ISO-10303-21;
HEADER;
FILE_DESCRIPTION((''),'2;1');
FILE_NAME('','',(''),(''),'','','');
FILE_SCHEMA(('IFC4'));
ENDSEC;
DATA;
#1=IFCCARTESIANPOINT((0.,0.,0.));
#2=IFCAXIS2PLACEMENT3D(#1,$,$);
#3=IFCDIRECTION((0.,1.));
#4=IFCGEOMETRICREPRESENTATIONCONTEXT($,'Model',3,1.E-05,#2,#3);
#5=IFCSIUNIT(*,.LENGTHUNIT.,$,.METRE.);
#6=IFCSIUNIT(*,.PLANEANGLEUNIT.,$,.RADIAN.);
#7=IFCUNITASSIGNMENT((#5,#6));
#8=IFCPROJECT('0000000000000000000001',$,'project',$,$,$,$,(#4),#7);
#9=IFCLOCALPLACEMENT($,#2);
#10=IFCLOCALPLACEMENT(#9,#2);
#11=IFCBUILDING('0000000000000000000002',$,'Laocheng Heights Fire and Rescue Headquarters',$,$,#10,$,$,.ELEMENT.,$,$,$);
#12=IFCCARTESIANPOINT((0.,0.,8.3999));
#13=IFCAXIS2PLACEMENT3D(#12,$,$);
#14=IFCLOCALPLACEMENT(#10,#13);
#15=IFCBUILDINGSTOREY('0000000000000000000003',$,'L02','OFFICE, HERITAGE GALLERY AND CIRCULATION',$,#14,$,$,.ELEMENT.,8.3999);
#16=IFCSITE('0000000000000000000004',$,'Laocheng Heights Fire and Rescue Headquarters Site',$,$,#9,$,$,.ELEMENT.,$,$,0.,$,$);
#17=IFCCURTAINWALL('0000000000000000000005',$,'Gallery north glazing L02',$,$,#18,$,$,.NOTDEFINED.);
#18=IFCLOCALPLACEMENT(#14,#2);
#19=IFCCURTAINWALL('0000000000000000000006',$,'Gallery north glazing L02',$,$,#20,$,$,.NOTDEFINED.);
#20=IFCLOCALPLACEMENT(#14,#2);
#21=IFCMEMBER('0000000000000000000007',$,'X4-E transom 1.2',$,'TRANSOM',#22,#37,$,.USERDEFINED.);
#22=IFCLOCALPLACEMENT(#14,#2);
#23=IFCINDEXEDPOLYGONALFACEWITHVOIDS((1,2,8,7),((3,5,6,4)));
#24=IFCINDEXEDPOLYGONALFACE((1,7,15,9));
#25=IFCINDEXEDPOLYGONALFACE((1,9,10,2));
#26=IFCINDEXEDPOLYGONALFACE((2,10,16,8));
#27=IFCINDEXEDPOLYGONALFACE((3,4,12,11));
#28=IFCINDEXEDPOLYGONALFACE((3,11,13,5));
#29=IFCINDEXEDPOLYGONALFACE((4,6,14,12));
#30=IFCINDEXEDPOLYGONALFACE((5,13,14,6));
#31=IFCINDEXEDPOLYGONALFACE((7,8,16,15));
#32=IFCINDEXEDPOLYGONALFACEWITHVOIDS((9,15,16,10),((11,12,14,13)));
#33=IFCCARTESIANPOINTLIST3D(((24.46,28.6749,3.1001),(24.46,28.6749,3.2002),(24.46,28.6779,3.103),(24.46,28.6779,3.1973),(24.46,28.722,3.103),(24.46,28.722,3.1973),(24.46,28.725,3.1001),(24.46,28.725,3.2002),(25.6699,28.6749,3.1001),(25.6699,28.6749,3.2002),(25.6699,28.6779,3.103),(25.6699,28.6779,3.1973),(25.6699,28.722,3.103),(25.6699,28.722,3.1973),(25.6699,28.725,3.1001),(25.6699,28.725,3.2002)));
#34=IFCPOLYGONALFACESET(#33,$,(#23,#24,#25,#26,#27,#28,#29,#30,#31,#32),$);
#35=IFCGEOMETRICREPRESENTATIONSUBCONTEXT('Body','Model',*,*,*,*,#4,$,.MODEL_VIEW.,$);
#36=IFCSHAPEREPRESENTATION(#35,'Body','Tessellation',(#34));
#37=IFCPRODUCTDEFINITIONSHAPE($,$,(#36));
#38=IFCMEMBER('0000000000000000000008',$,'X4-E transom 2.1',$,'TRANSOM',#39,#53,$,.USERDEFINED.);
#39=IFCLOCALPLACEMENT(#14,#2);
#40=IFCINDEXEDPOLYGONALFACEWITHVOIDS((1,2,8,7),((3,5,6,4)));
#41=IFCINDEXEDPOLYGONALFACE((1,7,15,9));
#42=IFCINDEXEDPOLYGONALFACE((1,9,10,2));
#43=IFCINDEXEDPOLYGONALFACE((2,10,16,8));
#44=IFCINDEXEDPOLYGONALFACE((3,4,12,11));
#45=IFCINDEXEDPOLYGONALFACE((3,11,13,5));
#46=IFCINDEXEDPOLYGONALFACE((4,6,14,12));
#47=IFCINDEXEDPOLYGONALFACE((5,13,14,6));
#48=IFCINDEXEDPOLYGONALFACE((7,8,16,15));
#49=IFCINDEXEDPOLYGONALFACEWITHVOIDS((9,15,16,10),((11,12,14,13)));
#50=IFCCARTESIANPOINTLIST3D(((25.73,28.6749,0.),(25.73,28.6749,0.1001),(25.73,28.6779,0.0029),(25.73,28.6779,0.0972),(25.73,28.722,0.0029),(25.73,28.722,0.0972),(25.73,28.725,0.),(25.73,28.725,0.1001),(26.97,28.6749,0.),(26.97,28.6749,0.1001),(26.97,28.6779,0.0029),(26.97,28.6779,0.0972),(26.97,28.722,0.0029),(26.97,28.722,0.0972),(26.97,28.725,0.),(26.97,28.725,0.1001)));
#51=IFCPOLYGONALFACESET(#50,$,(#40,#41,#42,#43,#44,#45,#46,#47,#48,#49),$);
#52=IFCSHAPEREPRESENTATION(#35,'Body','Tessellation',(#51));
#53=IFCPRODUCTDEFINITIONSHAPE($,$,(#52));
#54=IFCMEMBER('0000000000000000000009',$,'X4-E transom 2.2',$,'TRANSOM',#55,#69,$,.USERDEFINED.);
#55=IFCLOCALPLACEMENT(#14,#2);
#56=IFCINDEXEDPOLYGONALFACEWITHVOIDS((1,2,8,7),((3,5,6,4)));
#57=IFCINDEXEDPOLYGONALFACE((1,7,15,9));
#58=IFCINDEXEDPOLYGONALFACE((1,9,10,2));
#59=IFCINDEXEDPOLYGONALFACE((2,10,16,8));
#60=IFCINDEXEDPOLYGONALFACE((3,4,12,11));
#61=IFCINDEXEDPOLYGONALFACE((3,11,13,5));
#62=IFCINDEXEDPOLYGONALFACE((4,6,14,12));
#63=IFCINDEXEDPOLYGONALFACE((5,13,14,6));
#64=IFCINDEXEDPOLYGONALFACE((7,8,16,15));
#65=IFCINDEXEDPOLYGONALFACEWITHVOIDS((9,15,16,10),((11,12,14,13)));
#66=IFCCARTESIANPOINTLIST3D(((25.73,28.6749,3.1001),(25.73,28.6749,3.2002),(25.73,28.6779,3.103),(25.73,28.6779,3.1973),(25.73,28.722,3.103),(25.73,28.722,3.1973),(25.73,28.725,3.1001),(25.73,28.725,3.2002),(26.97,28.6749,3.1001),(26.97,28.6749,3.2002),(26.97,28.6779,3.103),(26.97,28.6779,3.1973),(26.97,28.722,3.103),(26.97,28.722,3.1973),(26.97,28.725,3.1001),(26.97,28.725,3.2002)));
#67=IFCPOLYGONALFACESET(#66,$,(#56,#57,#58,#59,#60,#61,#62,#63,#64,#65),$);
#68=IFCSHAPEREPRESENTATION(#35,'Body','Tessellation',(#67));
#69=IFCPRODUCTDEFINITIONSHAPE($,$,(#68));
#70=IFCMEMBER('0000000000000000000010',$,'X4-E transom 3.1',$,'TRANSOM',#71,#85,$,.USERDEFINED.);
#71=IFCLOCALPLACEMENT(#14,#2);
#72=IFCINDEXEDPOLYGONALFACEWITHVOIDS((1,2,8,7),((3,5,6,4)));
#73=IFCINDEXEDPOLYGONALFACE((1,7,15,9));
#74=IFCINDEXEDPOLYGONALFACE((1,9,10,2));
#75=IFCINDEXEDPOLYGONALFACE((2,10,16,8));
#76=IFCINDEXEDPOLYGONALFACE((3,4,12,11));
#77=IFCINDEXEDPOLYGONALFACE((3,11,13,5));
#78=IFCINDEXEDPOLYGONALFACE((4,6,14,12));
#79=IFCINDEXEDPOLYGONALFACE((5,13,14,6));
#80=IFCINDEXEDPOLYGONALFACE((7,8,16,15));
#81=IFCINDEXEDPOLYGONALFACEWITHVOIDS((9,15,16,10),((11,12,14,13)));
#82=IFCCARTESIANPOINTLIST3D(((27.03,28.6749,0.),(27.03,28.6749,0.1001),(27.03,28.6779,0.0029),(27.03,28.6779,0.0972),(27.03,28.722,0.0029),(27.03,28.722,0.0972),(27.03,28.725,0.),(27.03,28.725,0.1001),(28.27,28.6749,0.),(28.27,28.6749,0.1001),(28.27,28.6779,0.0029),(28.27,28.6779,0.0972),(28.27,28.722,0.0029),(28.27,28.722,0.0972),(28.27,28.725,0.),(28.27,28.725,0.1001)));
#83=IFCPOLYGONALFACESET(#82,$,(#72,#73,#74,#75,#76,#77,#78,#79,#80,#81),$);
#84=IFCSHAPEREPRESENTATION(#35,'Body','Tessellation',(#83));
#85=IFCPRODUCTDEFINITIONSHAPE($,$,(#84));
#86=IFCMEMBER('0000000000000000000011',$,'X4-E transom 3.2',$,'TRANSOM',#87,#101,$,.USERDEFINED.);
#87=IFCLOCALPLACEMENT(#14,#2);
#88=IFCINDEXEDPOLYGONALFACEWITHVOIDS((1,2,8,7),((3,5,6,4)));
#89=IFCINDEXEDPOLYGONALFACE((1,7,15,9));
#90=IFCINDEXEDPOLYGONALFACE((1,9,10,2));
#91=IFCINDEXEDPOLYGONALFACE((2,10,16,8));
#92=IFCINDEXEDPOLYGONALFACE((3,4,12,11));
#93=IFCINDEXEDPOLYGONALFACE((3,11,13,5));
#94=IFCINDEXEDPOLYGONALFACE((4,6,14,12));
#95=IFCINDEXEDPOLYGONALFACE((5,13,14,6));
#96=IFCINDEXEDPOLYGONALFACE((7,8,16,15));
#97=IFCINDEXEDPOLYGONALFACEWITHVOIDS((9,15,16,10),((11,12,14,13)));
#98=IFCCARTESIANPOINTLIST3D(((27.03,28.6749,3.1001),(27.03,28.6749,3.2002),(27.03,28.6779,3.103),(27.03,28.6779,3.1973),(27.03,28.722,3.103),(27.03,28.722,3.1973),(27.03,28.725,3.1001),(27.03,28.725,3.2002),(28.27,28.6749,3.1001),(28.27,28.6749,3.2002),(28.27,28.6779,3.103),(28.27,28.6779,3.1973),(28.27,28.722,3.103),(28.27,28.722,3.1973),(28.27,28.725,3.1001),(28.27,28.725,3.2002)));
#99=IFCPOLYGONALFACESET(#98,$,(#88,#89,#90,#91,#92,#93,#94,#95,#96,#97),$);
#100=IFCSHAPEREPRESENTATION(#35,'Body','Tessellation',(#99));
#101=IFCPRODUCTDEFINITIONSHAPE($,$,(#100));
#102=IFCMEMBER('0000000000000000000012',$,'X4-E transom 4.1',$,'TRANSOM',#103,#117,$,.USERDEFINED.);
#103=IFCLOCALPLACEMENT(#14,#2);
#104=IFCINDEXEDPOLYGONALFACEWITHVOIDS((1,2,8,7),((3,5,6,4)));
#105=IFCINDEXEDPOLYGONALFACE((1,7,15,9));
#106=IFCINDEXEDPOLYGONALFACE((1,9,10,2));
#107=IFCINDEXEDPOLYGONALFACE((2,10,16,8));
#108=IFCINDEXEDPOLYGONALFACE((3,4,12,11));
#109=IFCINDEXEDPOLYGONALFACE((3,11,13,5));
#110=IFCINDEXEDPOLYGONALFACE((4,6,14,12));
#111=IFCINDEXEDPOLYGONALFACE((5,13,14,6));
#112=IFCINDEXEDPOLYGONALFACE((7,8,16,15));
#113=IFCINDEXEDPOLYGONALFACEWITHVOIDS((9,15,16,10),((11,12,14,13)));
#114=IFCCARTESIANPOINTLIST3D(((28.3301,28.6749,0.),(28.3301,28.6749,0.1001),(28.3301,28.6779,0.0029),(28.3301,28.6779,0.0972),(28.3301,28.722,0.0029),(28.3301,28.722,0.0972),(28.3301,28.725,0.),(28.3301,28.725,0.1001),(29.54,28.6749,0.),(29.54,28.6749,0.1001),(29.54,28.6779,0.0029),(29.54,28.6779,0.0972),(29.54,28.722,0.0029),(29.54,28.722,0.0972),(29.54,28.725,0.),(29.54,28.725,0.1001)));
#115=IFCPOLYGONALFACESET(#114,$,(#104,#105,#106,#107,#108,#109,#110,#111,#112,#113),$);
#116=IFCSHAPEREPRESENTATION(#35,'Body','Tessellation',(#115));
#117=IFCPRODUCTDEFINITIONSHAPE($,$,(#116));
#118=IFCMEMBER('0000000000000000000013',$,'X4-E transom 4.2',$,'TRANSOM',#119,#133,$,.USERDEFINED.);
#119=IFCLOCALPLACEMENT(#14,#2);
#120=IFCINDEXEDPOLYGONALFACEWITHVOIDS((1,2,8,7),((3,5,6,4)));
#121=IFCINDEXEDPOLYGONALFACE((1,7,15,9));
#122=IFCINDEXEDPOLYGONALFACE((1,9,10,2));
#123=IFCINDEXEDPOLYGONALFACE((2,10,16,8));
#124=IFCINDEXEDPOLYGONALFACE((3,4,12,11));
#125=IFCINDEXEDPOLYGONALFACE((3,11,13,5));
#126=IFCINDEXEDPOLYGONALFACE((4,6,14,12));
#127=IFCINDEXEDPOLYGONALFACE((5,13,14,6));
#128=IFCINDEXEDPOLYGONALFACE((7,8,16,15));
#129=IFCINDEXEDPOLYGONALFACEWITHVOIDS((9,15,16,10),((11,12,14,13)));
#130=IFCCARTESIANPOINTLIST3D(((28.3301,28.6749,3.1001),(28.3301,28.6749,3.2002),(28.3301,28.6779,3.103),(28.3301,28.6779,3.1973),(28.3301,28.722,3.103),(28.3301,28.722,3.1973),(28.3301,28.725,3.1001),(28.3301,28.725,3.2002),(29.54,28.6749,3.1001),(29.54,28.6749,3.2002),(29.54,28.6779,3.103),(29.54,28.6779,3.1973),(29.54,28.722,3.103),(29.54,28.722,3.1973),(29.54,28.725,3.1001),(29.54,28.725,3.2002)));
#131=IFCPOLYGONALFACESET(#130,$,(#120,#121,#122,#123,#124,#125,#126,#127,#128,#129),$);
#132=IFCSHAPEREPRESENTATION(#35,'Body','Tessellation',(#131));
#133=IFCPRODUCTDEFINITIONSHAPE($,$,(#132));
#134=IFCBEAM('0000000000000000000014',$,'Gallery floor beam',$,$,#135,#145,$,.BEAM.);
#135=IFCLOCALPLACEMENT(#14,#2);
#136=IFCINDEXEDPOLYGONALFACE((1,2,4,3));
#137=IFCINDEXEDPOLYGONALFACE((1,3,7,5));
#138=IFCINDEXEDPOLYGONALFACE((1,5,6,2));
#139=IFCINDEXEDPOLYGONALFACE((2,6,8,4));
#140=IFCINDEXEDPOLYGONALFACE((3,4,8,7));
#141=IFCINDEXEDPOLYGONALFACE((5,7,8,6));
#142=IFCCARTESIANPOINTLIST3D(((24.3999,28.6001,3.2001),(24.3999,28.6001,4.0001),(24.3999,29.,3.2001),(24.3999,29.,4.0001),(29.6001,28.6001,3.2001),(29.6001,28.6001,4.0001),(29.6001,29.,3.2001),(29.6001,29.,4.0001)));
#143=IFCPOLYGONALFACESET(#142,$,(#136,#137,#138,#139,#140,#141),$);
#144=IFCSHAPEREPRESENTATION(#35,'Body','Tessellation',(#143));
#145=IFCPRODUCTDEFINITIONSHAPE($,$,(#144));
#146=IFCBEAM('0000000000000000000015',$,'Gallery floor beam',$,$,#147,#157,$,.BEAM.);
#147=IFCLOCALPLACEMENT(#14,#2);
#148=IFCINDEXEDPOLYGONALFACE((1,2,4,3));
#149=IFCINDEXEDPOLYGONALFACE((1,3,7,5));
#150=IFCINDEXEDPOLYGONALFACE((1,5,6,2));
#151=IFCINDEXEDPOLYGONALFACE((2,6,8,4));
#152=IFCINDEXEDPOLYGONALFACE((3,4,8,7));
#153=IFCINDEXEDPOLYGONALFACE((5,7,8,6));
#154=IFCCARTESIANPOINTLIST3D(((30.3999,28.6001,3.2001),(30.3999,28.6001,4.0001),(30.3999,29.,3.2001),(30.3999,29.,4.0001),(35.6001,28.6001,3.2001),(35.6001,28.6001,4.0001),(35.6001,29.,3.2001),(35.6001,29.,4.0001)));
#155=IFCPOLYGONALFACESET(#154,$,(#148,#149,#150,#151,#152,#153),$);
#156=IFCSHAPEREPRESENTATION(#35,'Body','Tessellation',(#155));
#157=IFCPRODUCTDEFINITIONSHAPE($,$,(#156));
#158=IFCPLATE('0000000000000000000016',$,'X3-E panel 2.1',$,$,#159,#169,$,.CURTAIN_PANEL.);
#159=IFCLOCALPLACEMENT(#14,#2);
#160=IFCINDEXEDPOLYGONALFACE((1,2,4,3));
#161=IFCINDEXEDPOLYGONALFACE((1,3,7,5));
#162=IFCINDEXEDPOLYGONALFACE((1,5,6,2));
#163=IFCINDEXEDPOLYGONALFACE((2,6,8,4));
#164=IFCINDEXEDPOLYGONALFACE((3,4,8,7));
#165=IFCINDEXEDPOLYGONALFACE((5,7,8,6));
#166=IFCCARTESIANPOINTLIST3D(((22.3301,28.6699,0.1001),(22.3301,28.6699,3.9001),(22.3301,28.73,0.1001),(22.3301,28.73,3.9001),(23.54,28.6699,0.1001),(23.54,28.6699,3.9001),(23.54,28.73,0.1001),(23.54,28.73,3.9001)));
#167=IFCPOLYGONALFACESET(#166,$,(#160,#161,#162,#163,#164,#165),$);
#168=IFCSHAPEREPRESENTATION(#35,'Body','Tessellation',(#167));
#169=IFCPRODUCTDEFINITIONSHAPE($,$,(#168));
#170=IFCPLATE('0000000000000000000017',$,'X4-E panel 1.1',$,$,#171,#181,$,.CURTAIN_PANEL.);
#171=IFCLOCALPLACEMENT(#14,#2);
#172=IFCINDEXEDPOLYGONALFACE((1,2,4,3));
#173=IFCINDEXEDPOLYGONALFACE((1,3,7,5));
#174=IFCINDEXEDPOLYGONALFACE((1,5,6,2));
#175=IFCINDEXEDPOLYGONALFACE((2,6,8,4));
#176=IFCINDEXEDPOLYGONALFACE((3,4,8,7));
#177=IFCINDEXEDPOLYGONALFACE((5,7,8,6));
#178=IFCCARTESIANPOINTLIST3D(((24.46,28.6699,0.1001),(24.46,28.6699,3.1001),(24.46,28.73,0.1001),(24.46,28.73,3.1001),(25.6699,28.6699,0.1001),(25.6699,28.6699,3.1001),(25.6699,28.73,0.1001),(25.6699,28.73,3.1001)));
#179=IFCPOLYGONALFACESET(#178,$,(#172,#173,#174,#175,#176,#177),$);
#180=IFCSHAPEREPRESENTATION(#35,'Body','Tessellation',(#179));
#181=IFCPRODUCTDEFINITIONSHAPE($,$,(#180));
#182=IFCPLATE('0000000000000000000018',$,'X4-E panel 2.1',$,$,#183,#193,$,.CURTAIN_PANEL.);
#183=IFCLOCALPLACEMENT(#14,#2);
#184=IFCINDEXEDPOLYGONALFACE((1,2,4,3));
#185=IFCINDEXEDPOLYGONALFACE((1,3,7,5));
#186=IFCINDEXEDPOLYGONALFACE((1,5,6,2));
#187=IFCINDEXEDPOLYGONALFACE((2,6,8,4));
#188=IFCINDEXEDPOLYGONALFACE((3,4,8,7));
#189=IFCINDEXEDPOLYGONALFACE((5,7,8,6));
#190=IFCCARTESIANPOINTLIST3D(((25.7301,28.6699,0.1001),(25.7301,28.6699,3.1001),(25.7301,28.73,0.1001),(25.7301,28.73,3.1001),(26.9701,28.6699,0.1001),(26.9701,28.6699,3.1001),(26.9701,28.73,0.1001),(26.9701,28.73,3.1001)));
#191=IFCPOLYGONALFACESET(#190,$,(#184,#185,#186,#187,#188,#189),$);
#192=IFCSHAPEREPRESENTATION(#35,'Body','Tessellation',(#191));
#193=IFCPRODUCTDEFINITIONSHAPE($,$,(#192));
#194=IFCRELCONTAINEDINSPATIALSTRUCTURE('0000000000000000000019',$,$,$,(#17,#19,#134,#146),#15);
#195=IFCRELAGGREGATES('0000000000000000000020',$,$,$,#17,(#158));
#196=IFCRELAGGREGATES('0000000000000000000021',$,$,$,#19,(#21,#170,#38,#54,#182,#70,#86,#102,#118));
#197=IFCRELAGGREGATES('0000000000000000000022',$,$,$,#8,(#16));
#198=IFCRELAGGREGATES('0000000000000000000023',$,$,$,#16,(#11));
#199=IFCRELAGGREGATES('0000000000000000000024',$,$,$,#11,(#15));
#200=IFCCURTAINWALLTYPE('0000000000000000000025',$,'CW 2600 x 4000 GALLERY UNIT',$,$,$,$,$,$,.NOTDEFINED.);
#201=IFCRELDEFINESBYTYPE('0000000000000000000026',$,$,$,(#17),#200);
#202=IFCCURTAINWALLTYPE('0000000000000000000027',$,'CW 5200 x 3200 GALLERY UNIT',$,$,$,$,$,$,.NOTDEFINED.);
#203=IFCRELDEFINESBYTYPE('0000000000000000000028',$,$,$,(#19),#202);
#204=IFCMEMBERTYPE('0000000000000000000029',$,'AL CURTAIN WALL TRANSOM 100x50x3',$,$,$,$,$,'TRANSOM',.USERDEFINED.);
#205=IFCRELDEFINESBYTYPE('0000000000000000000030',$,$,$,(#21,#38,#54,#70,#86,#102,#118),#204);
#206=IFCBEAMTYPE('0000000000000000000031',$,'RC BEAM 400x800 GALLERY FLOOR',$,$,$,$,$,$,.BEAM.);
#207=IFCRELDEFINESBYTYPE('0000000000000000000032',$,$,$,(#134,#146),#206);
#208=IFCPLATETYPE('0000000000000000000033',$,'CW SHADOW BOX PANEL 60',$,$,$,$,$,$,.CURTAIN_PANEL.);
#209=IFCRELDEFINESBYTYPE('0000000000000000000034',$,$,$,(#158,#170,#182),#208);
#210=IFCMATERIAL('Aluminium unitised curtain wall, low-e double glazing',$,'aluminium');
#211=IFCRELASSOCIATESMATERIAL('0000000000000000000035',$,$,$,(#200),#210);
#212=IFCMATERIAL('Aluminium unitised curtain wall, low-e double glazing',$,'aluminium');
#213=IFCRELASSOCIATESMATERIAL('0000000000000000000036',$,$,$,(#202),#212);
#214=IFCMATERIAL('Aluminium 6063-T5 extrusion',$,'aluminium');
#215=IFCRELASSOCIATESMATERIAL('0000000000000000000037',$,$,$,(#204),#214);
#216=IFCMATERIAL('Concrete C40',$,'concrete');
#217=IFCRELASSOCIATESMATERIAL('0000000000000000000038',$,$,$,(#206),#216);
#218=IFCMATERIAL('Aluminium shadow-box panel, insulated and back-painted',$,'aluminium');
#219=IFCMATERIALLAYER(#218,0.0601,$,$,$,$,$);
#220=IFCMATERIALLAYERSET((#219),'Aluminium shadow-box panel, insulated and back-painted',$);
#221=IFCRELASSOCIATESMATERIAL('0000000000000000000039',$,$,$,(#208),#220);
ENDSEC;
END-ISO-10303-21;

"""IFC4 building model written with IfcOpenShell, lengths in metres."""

from ifc_helpers import new_model, si_unit, direction, frame, origin, origin_2d, place, context, subcontext, project, spatial, rectangle, hollow_rectangle, extrude, material, layer, layer_set, material_profile, profile_set, type_object, element, aggregate, save


model = new_model("IFC4")

# Units and contexts
model_context = context("Model", 3, precision=1e-05, world=origin(), true_north=direction((0.0, 1.0)))
body_context = subcontext(model_context, "Body", "Model", "MODEL_VIEW")
ifc_project = project(units=[si_unit("LENGTHUNIT", "METRE"), si_unit("PLANEANGLEUNIT", "RADIAN")], contexts=[model_context])

# Site, building, storey
site_placement = place(None, origin())
site = spatial("IfcSite", under=ifc_project, at=site_placement, Name="Laocheng Heights Fire and Rescue Headquarters Site", CompositionType="ELEMENT", RefElevation=0.0)
building_placement = place(site_placement, origin())
building = spatial("IfcBuilding", under=site, at=building_placement, Name="Laocheng Heights Fire and Rescue Headquarters", CompositionType="ELEMENT")
storey_placement = place(building_placement, frame((0.0, 0.0, 8.3999)))
storey = spatial("IfcBuildingStorey", under=building, at=storey_placement, Name="L02", Description="OFFICE, HERITAGE GALLERY AND CIRCULATION", CompositionType="ELEMENT", Elevation=8.3999)

# Curtain wall
ifc_material_1 = material(Name="Aluminium unitised curtain wall, low-e double glazing", Category="aluminium")
curtain_wall_type_1 = type_object("IfcCurtainWallType", Name="CW 2600 x 4000 GALLERY UNIT", PredefinedType="NOTDEFINED", material=ifc_material_1)
curtain_wall_1_placement = place(storey_placement, origin())
curtain_wall_1 = element("IfcCurtainWall", 1, at=curtain_wall_1_placement, inside=storey, type_object=curtain_wall_type_1, Name="Gallery north glazing L02", PredefinedType="NOTDEFINED")

# Curtain wall
ifc_material_2 = material(Name="Aluminium unitised curtain wall, low-e double glazing", Category="aluminium")
curtain_wall_type_2 = type_object("IfcCurtainWallType", Name="CW 5200 x 3200 GALLERY UNIT", PredefinedType="NOTDEFINED", material=ifc_material_2)
curtain_wall_2_placement = place(storey_placement, origin())
curtain_wall_2 = element("IfcCurtainWall", 2, at=curtain_wall_2_placement, inside=storey, type_object=curtain_wall_type_2, Name="Gallery north glazing L02", PredefinedType="NOTDEFINED")

# Members
ifc_material_3 = material(Name="Aluminium 6063-T5 extrusion", Category="aluminium")
ifc_material_profile_1 = material_profile(ifc_material_3, hollow_rectangle(XDim=0.05, YDim=0.1001, WallThickness=0.0029, at=origin_2d()), Name="AL TRANSOM 100x50x3")
ifc_profile_set_1 = profile_set([ifc_material_profile_1], Name="Aluminium 6063-T5 extrusion")
member_type_1 = type_object("IfcMemberType", Name="AL CURTAIN WALL TRANSOM 100x50x3", ElementType="TRANSOM", PredefinedType="USERDEFINED", material=ifc_profile_set_1)
member_1_placement = place(storey_placement, frame((24.46, 28.7, 3.1501), z_axis=(1.0, 0.0, 0.0), x_axis=(0.0, 1.0, 0.0)))
member_1 = element("IfcMember", 3, at=member_1_placement, type_object=member_type_1, Name="X4-E transom 1.2", ObjectType="TRANSOM", PredefinedType="USERDEFINED", context=body_context, shape_type="SweptSolid", body=[
    extrude(hollow_rectangle(XDim=0.05, YDim=0.1001, WallThickness=0.0029, at=origin_2d()), origin(), (0.0, 0.0, 1.0), 1.21),
])
member_2_placement = place(storey_placement, frame((25.73, 28.7, 0.05), z_axis=(1.0, 0.0, 0.0), x_axis=(0.0, 1.0, 0.0)))
member_2 = element("IfcMember", 4, at=member_2_placement, type_object=member_type_1, Name="X4-E transom 2.1", ObjectType="TRANSOM", PredefinedType="USERDEFINED", context=body_context, shape_type="SweptSolid", body=[
    extrude(hollow_rectangle(XDim=0.05, YDim=0.1001, WallThickness=0.0029, at=origin_2d()), origin(), (0.0, 0.0, 1.0), 1.24),
])
member_3_placement = place(storey_placement, frame((25.73, 28.7, 3.1501), z_axis=(1.0, 0.0, 0.0), x_axis=(0.0, 1.0, 0.0)))
member_3 = element("IfcMember", 5, at=member_3_placement, type_object=member_type_1, Name="X4-E transom 2.2", ObjectType="TRANSOM", PredefinedType="USERDEFINED", context=body_context, shape_type="SweptSolid", body=[
    extrude(hollow_rectangle(XDim=0.05, YDim=0.1001, WallThickness=0.0029, at=origin_2d()), origin(), (0.0, 0.0, 1.0), 1.24),
])
member_4_placement = place(storey_placement, frame((27.03, 28.7, 0.05), z_axis=(1.0, 0.0, 0.0), x_axis=(0.0, 1.0, 0.0)))
member_4 = element("IfcMember", 6, at=member_4_placement, type_object=member_type_1, Name="X4-E transom 3.1", ObjectType="TRANSOM", PredefinedType="USERDEFINED", context=body_context, shape_type="SweptSolid", body=[
    extrude(hollow_rectangle(XDim=0.05, YDim=0.1001, WallThickness=0.0029, at=origin_2d()), origin(), (0.0, 0.0, 1.0), 1.24),
])
member_5_placement = place(storey_placement, frame((27.03, 28.7, 3.1501), z_axis=(1.0, 0.0, 0.0), x_axis=(0.0, 1.0, 0.0)))
member_5 = element("IfcMember", 7, at=member_5_placement, type_object=member_type_1, Name="X4-E transom 3.2", ObjectType="TRANSOM", PredefinedType="USERDEFINED", context=body_context, shape_type="SweptSolid", body=[
    extrude(hollow_rectangle(XDim=0.05, YDim=0.1001, WallThickness=0.0029, at=origin_2d()), origin(), (0.0, 0.0, 1.0), 1.24),
])
member_6_placement = place(storey_placement, frame((28.3301, 28.7, 0.05), z_axis=(1.0, 0.0, 0.0), x_axis=(0.0, 1.0, 0.0)))
member_6 = element("IfcMember", 8, at=member_6_placement, type_object=member_type_1, Name="X4-E transom 4.1", ObjectType="TRANSOM", PredefinedType="USERDEFINED", context=body_context, shape_type="SweptSolid", body=[
    extrude(hollow_rectangle(XDim=0.05, YDim=0.1001, WallThickness=0.0029, at=origin_2d()), origin(), (0.0, 0.0, 1.0), 1.21),
])
member_7_placement = place(storey_placement, frame((28.3301, 28.7, 3.1501), z_axis=(1.0, 0.0, 0.0), x_axis=(0.0, 1.0, 0.0)))
member_7 = element("IfcMember", 9, at=member_7_placement, type_object=member_type_1, Name="X4-E transom 4.2", ObjectType="TRANSOM", PredefinedType="USERDEFINED", context=body_context, shape_type="SweptSolid", body=[
    extrude(hollow_rectangle(XDim=0.05, YDim=0.1001, WallThickness=0.0029, at=origin_2d()), origin(), (0.0, 0.0, 1.0), 1.21),
])

# Beams
ifc_material_4 = material(Name="Concrete C40", Category="concrete")
ifc_material_profile_2 = material_profile(ifc_material_4, rectangle(XDim=0.3999, YDim=0.8, at=origin_2d()), Name="RC BEAM 400x800 GALLERY FLOOR")
ifc_profile_set_2 = profile_set([ifc_material_profile_2], Name="Concrete C40")
beam_type = type_object("IfcBeamType", Name="RC BEAM 400x800 GALLERY FLOOR", PredefinedType="BEAM", material=ifc_profile_set_2)
for number, where, z_axis, x_axis, name in (
    (10, (24.3999, 28.8, 3.6001), (1.0, 0.0, 0.0), (0.0, 1.0, 0.0), "Gallery floor beam"),
    (11, (30.3999, 28.8, 3.6001), (1.0, 0.0, 0.0), (0.0, 1.0, 0.0), "Gallery floor beam"),
):
    element("IfcBeam", number, at=place(storey_placement, frame(where, z_axis=z_axis, x_axis=x_axis)), inside=storey, type_object=beam_type, Name=name, PredefinedType="BEAM", context=body_context, shape_type="SweptSolid", body=[
        extrude(rectangle(XDim=0.3999, YDim=0.8, at=origin_2d()), origin(), (0.0, 0.0, 1.0), 5.2002),
    ])

# Plates
ifc_material_5 = material(Name="Aluminium shadow-box panel, insulated and back-painted", Category="aluminium")
ifc_layer_1 = layer(ifc_material_5, 0.0601)
ifc_layer_set_1 = layer_set([ifc_layer_1], Name="Aluminium shadow-box panel, insulated and back-painted")
plate_type = type_object("IfcPlateType", Name="CW SHADOW BOX PANEL 60", PredefinedType="CURTAIN_PANEL", material=ifc_layer_set_1)
plate_1_placement = place(storey_placement, frame((22.9351, 28.7, 0.1001), z_axis=(0.0, 0.0, 1.0), x_axis=(1.0, 0.0, 0.0)))
plate_1 = element("IfcPlate", 12, at=plate_1_placement, type_object=plate_type, Name="X3-E panel 2.1", PredefinedType="CURTAIN_PANEL", context=body_context, shape_type="SweptSolid", body=[
    extrude(rectangle(XDim=1.21, YDim=0.0601, at=origin_2d()), origin(), (0.0, 0.0, 1.0), 3.8),
])
aggregate(curtain_wall_1, [plate_1])
plate_2_placement = place(storey_placement, frame((25.0649, 28.7, 0.1001), z_axis=(0.0, 0.0, 1.0), x_axis=(1.0, 0.0, 0.0)))
plate_2 = element("IfcPlate", 13, at=plate_2_placement, type_object=plate_type, Name="X4-E panel 1.1", PredefinedType="CURTAIN_PANEL", context=body_context, shape_type="SweptSolid", body=[
    extrude(rectangle(XDim=1.21, YDim=0.0601, at=origin_2d()), origin(), (0.0, 0.0, 1.0), 3.0),
])
plate_3_placement = place(storey_placement, frame((26.3501, 28.7, 0.1001), z_axis=(0.0, 0.0, 1.0), x_axis=(1.0, 0.0, 0.0)))
plate_3 = element("IfcPlate", 14, at=plate_3_placement, type_object=plate_type, Name="X4-E panel 2.1", PredefinedType="CURTAIN_PANEL", context=body_context, shape_type="SweptSolid", body=[
    extrude(rectangle(XDim=1.24, YDim=0.0601, at=origin_2d()), origin(), (0.0, 0.0, 1.0), 3.0),
])
aggregate(curtain_wall_2, [member_1, plate_2, member_2, member_3, plate_3, member_4, member_5, member_6, member_7])

save(model, "model.ifc")
